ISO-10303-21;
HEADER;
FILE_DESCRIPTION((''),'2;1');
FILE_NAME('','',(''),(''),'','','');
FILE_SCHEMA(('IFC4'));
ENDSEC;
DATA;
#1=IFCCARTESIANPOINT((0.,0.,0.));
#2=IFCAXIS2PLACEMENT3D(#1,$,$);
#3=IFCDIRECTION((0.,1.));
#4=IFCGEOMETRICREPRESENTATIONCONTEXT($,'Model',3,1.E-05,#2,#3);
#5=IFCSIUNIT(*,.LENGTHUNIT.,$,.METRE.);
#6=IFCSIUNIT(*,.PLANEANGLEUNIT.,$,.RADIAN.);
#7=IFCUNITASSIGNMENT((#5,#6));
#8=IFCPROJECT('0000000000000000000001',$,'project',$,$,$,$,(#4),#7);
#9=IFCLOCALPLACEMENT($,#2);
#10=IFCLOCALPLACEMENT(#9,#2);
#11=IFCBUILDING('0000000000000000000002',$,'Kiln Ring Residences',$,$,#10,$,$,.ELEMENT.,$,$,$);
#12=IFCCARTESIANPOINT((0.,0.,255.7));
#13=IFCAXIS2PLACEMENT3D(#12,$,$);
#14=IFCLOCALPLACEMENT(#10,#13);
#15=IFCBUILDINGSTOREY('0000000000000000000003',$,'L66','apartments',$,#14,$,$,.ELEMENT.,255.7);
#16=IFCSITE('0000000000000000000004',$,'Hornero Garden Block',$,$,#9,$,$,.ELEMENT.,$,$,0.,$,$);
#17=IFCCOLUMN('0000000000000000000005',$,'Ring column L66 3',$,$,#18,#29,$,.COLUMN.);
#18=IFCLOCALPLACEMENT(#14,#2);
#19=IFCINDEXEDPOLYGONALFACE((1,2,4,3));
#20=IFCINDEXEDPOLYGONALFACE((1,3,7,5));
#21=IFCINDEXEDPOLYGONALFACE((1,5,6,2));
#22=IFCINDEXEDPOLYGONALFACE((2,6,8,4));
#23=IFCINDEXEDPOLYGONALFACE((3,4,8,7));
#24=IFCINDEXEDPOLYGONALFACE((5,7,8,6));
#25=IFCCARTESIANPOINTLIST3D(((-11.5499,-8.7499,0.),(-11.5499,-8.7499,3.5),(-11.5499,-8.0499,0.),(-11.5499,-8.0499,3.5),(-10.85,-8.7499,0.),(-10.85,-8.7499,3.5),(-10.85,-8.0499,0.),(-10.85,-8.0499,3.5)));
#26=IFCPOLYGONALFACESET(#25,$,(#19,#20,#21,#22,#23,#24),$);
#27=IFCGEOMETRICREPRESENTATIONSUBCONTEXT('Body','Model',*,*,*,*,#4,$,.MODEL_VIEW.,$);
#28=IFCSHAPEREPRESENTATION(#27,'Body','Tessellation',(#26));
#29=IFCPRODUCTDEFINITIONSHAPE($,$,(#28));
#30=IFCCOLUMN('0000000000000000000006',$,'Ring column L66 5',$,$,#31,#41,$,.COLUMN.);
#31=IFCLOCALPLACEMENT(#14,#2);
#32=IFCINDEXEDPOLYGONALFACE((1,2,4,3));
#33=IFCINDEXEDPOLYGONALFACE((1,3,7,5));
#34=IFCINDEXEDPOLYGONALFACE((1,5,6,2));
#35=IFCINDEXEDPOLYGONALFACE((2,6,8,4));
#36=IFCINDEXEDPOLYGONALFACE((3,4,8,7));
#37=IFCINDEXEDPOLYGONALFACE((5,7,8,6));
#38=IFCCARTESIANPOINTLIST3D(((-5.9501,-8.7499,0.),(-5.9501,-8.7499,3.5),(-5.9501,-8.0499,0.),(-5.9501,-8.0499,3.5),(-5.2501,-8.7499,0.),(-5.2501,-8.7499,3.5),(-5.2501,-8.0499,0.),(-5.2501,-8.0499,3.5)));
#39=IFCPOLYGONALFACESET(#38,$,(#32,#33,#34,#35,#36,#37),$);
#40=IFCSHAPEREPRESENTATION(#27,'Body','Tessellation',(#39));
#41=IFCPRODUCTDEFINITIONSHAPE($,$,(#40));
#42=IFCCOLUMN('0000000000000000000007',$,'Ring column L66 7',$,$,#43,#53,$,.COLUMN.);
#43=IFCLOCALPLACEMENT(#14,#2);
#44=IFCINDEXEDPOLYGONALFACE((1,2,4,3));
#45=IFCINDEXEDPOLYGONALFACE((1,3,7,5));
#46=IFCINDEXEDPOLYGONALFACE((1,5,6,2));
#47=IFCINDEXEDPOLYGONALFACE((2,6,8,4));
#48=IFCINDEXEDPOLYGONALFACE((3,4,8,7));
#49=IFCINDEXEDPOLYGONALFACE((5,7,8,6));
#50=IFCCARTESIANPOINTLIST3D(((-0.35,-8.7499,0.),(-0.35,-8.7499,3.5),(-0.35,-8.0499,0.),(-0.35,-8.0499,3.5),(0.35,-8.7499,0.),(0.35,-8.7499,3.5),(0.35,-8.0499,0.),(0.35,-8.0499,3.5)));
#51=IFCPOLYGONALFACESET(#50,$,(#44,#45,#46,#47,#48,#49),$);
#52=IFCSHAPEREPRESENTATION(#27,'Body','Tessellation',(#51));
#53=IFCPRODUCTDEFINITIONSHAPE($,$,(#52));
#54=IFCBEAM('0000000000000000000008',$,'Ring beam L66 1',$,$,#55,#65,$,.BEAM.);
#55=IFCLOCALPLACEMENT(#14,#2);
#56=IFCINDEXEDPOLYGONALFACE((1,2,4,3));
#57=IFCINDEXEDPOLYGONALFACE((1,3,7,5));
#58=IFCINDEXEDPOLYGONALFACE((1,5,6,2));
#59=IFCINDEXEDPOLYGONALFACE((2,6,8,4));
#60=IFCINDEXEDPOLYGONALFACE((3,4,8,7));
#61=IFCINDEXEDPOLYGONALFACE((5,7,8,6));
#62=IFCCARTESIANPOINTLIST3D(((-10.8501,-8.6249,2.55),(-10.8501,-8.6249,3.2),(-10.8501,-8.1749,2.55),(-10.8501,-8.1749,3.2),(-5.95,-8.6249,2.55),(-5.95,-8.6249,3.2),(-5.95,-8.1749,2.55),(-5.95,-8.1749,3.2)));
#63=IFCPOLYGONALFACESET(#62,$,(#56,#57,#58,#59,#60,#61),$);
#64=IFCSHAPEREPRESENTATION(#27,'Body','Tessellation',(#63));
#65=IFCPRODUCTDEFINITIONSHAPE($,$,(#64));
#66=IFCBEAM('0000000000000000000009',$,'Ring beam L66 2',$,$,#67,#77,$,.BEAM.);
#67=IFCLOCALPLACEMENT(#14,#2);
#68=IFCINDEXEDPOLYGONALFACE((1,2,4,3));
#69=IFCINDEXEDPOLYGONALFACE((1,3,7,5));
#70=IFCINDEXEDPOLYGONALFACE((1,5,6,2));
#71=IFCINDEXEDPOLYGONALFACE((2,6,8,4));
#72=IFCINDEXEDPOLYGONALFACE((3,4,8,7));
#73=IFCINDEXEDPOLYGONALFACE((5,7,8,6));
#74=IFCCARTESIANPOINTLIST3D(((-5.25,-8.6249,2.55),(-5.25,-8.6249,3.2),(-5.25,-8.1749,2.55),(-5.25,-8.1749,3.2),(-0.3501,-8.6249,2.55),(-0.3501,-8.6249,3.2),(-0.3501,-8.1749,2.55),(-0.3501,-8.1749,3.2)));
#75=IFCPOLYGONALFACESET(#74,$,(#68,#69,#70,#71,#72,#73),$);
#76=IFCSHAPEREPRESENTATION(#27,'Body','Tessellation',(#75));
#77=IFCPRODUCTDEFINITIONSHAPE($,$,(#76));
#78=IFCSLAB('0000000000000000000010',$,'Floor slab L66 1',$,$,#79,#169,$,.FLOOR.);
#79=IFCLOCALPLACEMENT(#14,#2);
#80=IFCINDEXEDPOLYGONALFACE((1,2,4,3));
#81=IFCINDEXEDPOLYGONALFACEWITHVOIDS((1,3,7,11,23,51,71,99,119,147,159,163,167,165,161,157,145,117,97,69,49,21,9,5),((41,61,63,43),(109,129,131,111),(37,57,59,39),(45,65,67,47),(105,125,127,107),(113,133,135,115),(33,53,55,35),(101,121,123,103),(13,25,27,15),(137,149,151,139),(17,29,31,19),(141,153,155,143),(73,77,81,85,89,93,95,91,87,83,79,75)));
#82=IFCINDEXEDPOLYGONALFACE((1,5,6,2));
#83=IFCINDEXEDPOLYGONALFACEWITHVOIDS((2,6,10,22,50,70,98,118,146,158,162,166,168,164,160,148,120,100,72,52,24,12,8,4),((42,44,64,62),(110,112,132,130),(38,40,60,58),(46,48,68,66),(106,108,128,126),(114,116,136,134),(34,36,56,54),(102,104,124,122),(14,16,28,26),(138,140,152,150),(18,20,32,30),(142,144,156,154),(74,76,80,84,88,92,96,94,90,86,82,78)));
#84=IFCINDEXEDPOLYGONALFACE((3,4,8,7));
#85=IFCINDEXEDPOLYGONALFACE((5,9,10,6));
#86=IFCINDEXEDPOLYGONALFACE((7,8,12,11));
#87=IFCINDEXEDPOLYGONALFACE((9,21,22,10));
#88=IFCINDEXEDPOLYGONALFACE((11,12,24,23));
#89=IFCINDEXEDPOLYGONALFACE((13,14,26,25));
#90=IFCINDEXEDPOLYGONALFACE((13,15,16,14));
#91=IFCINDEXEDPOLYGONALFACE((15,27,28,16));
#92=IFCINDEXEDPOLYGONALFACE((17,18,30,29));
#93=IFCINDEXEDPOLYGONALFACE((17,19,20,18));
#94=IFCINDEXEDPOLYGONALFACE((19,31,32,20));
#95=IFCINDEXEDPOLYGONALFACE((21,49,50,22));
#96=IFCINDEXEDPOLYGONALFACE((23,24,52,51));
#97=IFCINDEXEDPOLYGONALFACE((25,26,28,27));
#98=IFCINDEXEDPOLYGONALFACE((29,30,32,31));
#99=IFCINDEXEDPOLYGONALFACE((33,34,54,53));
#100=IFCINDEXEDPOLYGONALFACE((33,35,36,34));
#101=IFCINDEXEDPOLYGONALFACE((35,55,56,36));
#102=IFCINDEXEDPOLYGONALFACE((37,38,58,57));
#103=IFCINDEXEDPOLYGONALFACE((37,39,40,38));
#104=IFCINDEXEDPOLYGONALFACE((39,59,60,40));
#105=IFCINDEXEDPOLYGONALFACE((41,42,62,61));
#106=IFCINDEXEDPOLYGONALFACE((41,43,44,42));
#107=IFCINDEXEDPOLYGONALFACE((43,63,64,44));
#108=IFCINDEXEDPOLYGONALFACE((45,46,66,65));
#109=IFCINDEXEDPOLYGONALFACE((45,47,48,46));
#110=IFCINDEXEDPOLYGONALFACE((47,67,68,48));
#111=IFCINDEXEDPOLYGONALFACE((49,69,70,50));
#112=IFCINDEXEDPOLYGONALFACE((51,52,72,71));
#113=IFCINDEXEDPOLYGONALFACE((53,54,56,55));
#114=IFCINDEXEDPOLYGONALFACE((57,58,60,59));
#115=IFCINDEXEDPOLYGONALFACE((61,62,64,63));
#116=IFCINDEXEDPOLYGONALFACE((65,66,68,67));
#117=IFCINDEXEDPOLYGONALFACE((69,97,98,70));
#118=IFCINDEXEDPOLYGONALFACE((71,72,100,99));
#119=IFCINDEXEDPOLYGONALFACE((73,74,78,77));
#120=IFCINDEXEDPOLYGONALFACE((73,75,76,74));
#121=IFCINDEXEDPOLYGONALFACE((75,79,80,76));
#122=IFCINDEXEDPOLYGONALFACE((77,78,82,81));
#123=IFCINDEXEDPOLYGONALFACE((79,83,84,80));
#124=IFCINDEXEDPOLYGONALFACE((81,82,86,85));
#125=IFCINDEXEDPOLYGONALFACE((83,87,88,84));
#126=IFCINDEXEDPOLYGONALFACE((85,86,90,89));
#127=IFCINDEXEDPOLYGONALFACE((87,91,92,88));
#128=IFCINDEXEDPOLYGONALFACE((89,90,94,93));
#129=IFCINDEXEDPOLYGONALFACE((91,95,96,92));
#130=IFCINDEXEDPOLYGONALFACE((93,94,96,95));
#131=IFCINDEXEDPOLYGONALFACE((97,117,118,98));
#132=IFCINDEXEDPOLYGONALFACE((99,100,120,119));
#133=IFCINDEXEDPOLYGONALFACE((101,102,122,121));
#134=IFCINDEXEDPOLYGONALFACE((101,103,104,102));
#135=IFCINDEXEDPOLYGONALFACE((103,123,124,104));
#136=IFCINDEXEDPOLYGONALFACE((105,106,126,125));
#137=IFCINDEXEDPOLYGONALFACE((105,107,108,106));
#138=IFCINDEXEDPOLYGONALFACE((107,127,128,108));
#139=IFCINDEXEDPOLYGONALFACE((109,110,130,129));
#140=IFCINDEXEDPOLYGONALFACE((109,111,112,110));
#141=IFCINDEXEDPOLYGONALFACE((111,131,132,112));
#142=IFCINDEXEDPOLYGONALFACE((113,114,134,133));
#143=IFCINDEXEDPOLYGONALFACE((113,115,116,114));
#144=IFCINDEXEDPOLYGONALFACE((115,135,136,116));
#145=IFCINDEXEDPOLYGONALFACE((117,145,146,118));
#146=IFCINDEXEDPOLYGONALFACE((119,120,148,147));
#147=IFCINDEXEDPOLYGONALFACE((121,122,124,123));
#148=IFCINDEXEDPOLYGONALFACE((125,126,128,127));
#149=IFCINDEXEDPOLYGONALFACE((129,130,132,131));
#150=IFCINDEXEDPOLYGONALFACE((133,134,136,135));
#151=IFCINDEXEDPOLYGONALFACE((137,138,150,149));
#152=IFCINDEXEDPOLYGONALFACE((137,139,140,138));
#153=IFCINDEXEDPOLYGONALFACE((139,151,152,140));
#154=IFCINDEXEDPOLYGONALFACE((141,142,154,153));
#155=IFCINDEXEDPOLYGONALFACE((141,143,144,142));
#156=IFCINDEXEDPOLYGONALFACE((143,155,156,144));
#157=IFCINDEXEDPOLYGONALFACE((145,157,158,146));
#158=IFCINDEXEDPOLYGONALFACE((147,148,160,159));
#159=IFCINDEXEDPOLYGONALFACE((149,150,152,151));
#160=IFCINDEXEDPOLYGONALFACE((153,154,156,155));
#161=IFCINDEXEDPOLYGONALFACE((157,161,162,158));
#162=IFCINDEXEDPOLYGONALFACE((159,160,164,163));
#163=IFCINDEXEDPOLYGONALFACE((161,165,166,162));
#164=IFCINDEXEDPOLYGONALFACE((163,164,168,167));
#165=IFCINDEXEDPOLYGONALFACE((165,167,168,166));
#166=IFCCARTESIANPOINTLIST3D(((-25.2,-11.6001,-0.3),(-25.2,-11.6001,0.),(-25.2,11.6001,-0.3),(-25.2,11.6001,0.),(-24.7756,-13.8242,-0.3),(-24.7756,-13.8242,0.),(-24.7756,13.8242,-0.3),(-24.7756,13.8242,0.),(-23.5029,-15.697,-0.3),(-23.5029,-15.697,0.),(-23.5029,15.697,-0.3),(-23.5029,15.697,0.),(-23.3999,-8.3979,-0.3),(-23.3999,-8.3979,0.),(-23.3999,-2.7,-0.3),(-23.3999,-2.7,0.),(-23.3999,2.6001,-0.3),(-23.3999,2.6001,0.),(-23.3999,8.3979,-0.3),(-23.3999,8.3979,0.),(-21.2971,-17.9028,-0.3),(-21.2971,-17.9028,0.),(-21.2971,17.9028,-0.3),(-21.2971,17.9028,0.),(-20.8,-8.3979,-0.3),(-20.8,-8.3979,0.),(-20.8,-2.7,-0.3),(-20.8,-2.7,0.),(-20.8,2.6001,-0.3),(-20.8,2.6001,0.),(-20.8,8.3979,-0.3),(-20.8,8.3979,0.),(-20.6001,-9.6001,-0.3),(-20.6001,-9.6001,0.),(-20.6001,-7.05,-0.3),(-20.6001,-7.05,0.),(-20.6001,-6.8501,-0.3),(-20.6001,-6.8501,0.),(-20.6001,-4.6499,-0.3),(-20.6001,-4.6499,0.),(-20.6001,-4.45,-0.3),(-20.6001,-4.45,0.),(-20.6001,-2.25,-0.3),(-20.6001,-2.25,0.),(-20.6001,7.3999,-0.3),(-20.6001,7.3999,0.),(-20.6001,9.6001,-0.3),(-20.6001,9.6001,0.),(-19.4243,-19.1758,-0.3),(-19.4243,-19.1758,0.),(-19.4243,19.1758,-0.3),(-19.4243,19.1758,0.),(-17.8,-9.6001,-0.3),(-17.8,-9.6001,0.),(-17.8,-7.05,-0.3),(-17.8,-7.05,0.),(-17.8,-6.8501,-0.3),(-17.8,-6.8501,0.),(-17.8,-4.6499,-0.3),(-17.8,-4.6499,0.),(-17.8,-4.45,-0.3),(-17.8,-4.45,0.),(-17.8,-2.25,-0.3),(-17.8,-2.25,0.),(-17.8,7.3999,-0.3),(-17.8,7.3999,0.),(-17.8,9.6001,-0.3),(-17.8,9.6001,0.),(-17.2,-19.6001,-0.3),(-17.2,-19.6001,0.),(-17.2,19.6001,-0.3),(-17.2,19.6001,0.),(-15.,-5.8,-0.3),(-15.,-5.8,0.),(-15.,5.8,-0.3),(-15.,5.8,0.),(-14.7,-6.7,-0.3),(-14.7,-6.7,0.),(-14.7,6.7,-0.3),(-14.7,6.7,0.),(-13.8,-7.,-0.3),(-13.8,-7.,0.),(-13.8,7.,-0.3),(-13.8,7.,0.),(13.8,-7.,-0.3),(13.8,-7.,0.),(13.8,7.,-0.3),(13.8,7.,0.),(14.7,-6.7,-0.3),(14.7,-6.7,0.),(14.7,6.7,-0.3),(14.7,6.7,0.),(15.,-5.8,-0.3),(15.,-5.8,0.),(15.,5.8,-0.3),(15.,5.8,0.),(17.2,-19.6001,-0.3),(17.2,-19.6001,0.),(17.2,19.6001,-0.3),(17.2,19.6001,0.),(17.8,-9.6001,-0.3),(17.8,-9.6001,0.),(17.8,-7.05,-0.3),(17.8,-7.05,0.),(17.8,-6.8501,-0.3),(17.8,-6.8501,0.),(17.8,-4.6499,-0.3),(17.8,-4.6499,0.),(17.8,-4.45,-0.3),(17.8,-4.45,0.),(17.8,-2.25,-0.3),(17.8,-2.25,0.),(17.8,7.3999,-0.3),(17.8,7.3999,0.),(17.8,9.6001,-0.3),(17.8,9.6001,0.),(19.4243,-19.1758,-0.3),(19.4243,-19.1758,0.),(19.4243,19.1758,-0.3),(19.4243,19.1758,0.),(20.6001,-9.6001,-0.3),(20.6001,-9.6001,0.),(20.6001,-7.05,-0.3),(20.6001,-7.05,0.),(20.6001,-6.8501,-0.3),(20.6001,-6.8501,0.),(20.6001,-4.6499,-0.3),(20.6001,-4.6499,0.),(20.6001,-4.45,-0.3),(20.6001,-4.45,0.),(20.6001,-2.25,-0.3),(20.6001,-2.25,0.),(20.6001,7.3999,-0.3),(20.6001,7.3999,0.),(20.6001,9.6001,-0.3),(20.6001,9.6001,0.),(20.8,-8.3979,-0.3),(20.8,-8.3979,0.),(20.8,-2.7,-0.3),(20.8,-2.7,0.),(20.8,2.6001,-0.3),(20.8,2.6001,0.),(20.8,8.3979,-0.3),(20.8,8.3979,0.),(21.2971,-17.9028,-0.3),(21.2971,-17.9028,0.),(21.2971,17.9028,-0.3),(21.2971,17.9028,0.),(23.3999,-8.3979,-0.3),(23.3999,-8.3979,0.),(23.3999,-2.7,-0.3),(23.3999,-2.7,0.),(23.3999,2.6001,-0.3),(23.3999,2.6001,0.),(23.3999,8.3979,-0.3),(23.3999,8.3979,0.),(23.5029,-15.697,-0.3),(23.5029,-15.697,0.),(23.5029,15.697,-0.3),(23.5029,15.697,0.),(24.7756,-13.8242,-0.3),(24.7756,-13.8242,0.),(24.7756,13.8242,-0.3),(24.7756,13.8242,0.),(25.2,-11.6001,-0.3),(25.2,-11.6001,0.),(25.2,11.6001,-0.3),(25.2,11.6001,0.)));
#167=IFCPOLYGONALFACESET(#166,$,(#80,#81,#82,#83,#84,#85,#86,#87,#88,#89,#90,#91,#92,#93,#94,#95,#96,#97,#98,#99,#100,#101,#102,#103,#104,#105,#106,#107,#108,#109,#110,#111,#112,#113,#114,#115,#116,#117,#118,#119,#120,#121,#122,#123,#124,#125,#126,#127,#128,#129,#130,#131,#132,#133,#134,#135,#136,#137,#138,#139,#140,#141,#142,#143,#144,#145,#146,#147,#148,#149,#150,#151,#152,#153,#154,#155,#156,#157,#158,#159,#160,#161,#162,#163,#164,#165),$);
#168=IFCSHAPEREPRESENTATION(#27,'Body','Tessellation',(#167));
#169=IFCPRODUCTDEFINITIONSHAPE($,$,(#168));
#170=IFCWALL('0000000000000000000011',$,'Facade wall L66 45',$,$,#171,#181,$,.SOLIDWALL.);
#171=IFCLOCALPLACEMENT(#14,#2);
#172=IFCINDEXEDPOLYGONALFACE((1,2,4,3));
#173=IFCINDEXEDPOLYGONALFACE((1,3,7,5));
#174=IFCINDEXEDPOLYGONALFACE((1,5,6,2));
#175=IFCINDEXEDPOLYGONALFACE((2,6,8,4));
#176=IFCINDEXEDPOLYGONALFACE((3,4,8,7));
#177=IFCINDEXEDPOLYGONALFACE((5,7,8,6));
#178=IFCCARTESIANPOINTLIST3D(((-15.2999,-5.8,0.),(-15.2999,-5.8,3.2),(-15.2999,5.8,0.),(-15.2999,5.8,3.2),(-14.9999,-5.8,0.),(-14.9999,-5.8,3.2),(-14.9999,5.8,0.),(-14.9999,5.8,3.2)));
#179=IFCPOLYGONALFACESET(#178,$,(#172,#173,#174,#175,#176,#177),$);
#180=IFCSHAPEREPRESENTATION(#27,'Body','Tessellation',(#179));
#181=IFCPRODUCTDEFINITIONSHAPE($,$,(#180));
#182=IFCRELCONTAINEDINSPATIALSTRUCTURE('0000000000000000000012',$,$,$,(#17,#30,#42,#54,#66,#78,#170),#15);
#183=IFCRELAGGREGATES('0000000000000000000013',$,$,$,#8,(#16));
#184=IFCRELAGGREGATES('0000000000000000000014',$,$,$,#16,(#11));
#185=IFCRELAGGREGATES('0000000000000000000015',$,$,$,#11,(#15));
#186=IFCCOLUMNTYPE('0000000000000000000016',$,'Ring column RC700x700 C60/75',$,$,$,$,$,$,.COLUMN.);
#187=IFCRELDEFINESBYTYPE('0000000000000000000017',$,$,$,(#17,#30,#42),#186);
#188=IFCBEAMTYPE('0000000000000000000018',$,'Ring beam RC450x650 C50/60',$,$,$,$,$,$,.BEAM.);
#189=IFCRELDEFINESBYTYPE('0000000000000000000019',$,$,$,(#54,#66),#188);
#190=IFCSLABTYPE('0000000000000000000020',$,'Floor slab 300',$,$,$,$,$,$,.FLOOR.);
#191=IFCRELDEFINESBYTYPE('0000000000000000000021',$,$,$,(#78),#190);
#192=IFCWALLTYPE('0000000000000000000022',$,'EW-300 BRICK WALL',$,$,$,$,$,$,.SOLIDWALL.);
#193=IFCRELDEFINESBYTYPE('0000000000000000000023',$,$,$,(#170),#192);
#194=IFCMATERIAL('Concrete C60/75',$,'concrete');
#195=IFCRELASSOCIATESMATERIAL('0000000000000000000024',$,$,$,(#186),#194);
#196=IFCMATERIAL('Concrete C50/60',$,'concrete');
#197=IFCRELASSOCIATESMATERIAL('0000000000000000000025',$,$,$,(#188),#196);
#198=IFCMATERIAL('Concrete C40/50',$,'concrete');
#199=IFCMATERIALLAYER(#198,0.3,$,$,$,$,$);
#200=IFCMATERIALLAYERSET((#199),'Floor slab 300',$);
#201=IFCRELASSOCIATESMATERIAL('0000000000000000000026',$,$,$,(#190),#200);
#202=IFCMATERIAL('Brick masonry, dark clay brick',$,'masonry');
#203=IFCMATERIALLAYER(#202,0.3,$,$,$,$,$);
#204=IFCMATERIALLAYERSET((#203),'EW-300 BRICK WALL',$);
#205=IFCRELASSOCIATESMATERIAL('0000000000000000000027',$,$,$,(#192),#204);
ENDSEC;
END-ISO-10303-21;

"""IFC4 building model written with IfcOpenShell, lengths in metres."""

from ifc_helpers import new_model, si_unit, direction, frame, frame_2d, origin, origin_2d, place, context, subcontext, project, spatial, polyline, rectangle, outline, extrude, material, layer, layer_set, material_profile, profile_set, type_object, element, save


model = new_model("IFC4")

# Units and contexts
model_context = context("Model", 3, precision=1e-05, world=origin(), true_north=direction((0.0, 1.0)))
body_context = subcontext(model_context, "Body", "Model", "MODEL_VIEW")
ifc_project = project(units=[si_unit("LENGTHUNIT", "METRE"), si_unit("PLANEANGLEUNIT", "RADIAN")], contexts=[model_context])

# Site, building, storey
site_placement = place(None, origin())
site = spatial("IfcSite", under=ifc_project, at=site_placement, Name="Hornero Garden Block", CompositionType="ELEMENT", RefElevation=0.0)
building_placement = place(site_placement, origin())
building = spatial("IfcBuilding", under=site, at=building_placement, Name="Kiln Ring Residences", CompositionType="ELEMENT")
storey_placement = place(building_placement, frame((0.0, 0.0, 255.7)))
storey = spatial("IfcBuildingStorey", under=building, at=storey_placement, Name="L66", Description="apartments", CompositionType="ELEMENT", Elevation=255.7)

# Columns
ifc_material_1 = material(Name="Concrete C60/75", Category="concrete")
ifc_material_profile_1 = material_profile(ifc_material_1, rectangle(XDim=0.7, YDim=0.7, at=origin_2d()), Name="RC700x700")
ifc_profile_set_1 = profile_set([ifc_material_profile_1], Name="Concrete C60/75")
column_type = type_object("IfcColumnType", Name="Ring column RC700x700 C60/75", PredefinedType="COLUMN", material=ifc_profile_set_1)
for number, where, z_axis, x_axis, name in (
    (1, (-11.2, -8.3999, 0.0), (0.0, 0.0, 1.0), (1.0, 0.0, 0.0), "Ring column L66 3"),
    (2, (-5.6001, -8.3999, 0.0), (0.0, 0.0, 1.0), (1.0, 0.0, 0.0), "Ring column L66 5"),
    (3, (0.0, -8.3999, 0.0), (0.0, 0.0, 1.0), (1.0, 0.0, 0.0), "Ring column L66 7"),
):
    element("IfcColumn", number, at=place(storey_placement, frame(where, z_axis=z_axis, x_axis=x_axis)), inside=storey, type_object=column_type, Name=name, PredefinedType="COLUMN", context=body_context, shape_type="SweptSolid", body=[
        extrude(rectangle(XDim=0.7, YDim=0.7, at=origin_2d()), origin(), (0.0, 0.0, 1.0), 3.5),
    ])

# Beams
ifc_material_2 = material(Name="Concrete C50/60", Category="concrete")
ifc_material_profile_2 = material_profile(ifc_material_2, rectangle(XDim=0.45, YDim=0.6499, at=origin_2d()), Name="RC450x650")
ifc_profile_set_2 = profile_set([ifc_material_profile_2], Name="Concrete C50/60")
beam_type = type_object("IfcBeamType", Name="Ring beam RC450x650 C50/60", PredefinedType="BEAM", material=ifc_profile_set_2)
beam_1_placement = place(storey_placement, frame((-10.8501, -8.3999, 2.875), z_axis=(1.0, 0.0, 0.0), x_axis=(0.0, 1.0, 0.0)))
element("IfcBeam", 4, at=beam_1_placement, inside=storey, type_object=beam_type, Name="Ring beam L66 1", PredefinedType="BEAM", context=body_context, shape_type="SweptSolid", body=[
    extrude(rectangle(XDim=0.45, YDim=0.6499, at=origin_2d()), origin(), (0.0, 0.0, 1.0), 4.9001),
])
beam_2_placement = place(storey_placement, frame((-5.25, -8.3999, 2.875), z_axis=(1.0, 0.0, 0.0), x_axis=(0.0, 1.0, 0.0)))
element("IfcBeam", 5, at=beam_2_placement, inside=storey, type_object=beam_type, Name="Ring beam L66 2", PredefinedType="BEAM", context=body_context, shape_type="SweptSolid", body=[
    extrude(rectangle(XDim=0.45, YDim=0.6499, at=origin_2d()), origin(), (0.0, 0.0, 1.0), 4.8999),
])

# Slab
ifc_material_3 = material(Name="Concrete C40/50", Category="concrete")
ifc_layer_1 = layer(ifc_material_3, 0.3)
ifc_layer_set_1 = layer_set([ifc_layer_1], Name="Floor slab 300")
slab_type = type_object("IfcSlabType", Name="Floor slab 300", PredefinedType="FLOOR", material=ifc_layer_set_1)
slab_placement = place(storey_placement, frame((0.0, 0.0, -0.3)))
element("IfcSlab", 6, at=slab_placement, inside=storey, type_object=slab_type, Name="Floor slab L66 1", PredefinedType="FLOOR", context=body_context, shape_type="SweptSolid", body=[
    extrude(outline(polyline([(-23.5029, -15.697), (-21.2971, -17.9028), (-19.4243, -19.1758), (-17.2, -19.6001), (17.2, -19.6001), (19.4243, -19.1758), (21.2971, -17.9028), (23.5029, -15.697), (24.7756, -13.8242), (25.2, -11.6001), (25.2, 11.6001), (24.7756, 13.8242), (23.5029, 15.697), (21.2971, 17.9028), (19.4243, 19.1758), (17.2, 19.6001), (-17.2, 19.6001), (-19.4243, 19.1758), (-21.2971, 17.9028), (-23.5029, 15.697), (-24.7756, 13.8242), (-25.2, 11.6001), (-25.2, -11.6001), (-24.7756, -13.8242), (-23.5029, -15.697)]), holes=[polyline([(-14.7, -6.7), (-15.0, -5.8), (-15.0, 5.8), (-14.7, 6.7), (-13.8, 7.0), (13.8, 7.0), (14.7, 6.7), (15.0, 5.8), (15.0, -5.8), (14.7, -6.7), (13.8, -7.0), (-13.8, -7.0), (-14.7, -6.7)]), polyline([(20.8, -8.3979), (20.8, -2.7), (23.3999, -2.7), (23.3999, -8.3979), (20.8, -8.3979)]), polyline([(20.8, 2.6001), (20.8, 8.3979), (23.3999, 8.3979), (23.3999, 2.6001), (20.8, 2.6001)]), polyline([(17.8, -6.8501), (17.8, -4.6499), (20.6001, -4.6499), (20.6001, -6.8501), (17.8, -6.8501)]), polyline([(17.8, 7.3999), (17.8, 9.6001), (20.6001, 9.6001), (20.6001, 7.3999), (17.8, 7.3999)]), polyline([(20.6001, -9.6001), (17.8, -9.6001), (17.8, -7.05), (20.6001, -7.05), (20.6001, -9.6001)]), polyline([(20.6001, -4.45), (17.8, -4.45), (17.8, -2.25), (20.6001, -2.25), (20.6001, -4.45)]), polyline([(-17.8, -7.05), (-17.8, -9.6001), (-20.6001, -9.6001), (-20.6001, -7.05), (-17.8, -7.05)]), polyline([(-17.8, -6.8501), (-20.6001, -6.8501), (-20.6001, -4.6499), (-17.8, -4.6499), (-17.8, -6.8501)]), polyline([(-17.8, -2.25), (-17.8, -4.45), (-20.6001, -4.45), (-20.6001, -2.25), (-17.8, -2.25)]), polyline([(-17.8, 7.3999), (-20.6001, 7.3999), (-20.6001, 9.6001), (-17.8, 9.6001), (-17.8, 7.3999)]), polyline([(-20.8, -8.3979), (-23.3999, -8.3979), (-23.3999, -2.7), (-20.8, -2.7), (-20.8, -8.3979)]), polyline([(-20.8, 2.6001), (-23.3999, 2.6001), (-23.3999, 8.3979), (-20.8, 8.3979), (-20.8, 2.6001)])]), origin(), (0.0, 0.0, 1.0), 0.3),
])

# Wall
ifc_material_4 = material(Name="Brick masonry, dark clay brick", Category="masonry")
ifc_layer_2 = layer(ifc_material_4, 0.3)
ifc_layer_set_2 = layer_set([ifc_layer_2], Name="EW-300 BRICK WALL")
wall_type_1 = type_object("IfcWallType", Name="EW-300 BRICK WALL", PredefinedType="SOLIDWALL", material=ifc_layer_set_2)
wall_1_placement = place(storey_placement, frame((-15.1499, -5.8, 0.0), z_axis=(0.0, 0.0, 1.0), x_axis=(0.0, 1.0, 0.0)))
element("IfcWall", 7, at=wall_1_placement, inside=storey, type_object=wall_type_1, Name="Facade wall L66 45", PredefinedType="SOLIDWALL", context=body_context, shape_type="SweptSolid", body=[
    extrude(rectangle(XDim=11.6001, YDim=0.3, at=frame_2d((5.8, 0.0))), origin(), (0.0, 0.0, 1.0), 3.2),
])

save(model, "model.ifc")
